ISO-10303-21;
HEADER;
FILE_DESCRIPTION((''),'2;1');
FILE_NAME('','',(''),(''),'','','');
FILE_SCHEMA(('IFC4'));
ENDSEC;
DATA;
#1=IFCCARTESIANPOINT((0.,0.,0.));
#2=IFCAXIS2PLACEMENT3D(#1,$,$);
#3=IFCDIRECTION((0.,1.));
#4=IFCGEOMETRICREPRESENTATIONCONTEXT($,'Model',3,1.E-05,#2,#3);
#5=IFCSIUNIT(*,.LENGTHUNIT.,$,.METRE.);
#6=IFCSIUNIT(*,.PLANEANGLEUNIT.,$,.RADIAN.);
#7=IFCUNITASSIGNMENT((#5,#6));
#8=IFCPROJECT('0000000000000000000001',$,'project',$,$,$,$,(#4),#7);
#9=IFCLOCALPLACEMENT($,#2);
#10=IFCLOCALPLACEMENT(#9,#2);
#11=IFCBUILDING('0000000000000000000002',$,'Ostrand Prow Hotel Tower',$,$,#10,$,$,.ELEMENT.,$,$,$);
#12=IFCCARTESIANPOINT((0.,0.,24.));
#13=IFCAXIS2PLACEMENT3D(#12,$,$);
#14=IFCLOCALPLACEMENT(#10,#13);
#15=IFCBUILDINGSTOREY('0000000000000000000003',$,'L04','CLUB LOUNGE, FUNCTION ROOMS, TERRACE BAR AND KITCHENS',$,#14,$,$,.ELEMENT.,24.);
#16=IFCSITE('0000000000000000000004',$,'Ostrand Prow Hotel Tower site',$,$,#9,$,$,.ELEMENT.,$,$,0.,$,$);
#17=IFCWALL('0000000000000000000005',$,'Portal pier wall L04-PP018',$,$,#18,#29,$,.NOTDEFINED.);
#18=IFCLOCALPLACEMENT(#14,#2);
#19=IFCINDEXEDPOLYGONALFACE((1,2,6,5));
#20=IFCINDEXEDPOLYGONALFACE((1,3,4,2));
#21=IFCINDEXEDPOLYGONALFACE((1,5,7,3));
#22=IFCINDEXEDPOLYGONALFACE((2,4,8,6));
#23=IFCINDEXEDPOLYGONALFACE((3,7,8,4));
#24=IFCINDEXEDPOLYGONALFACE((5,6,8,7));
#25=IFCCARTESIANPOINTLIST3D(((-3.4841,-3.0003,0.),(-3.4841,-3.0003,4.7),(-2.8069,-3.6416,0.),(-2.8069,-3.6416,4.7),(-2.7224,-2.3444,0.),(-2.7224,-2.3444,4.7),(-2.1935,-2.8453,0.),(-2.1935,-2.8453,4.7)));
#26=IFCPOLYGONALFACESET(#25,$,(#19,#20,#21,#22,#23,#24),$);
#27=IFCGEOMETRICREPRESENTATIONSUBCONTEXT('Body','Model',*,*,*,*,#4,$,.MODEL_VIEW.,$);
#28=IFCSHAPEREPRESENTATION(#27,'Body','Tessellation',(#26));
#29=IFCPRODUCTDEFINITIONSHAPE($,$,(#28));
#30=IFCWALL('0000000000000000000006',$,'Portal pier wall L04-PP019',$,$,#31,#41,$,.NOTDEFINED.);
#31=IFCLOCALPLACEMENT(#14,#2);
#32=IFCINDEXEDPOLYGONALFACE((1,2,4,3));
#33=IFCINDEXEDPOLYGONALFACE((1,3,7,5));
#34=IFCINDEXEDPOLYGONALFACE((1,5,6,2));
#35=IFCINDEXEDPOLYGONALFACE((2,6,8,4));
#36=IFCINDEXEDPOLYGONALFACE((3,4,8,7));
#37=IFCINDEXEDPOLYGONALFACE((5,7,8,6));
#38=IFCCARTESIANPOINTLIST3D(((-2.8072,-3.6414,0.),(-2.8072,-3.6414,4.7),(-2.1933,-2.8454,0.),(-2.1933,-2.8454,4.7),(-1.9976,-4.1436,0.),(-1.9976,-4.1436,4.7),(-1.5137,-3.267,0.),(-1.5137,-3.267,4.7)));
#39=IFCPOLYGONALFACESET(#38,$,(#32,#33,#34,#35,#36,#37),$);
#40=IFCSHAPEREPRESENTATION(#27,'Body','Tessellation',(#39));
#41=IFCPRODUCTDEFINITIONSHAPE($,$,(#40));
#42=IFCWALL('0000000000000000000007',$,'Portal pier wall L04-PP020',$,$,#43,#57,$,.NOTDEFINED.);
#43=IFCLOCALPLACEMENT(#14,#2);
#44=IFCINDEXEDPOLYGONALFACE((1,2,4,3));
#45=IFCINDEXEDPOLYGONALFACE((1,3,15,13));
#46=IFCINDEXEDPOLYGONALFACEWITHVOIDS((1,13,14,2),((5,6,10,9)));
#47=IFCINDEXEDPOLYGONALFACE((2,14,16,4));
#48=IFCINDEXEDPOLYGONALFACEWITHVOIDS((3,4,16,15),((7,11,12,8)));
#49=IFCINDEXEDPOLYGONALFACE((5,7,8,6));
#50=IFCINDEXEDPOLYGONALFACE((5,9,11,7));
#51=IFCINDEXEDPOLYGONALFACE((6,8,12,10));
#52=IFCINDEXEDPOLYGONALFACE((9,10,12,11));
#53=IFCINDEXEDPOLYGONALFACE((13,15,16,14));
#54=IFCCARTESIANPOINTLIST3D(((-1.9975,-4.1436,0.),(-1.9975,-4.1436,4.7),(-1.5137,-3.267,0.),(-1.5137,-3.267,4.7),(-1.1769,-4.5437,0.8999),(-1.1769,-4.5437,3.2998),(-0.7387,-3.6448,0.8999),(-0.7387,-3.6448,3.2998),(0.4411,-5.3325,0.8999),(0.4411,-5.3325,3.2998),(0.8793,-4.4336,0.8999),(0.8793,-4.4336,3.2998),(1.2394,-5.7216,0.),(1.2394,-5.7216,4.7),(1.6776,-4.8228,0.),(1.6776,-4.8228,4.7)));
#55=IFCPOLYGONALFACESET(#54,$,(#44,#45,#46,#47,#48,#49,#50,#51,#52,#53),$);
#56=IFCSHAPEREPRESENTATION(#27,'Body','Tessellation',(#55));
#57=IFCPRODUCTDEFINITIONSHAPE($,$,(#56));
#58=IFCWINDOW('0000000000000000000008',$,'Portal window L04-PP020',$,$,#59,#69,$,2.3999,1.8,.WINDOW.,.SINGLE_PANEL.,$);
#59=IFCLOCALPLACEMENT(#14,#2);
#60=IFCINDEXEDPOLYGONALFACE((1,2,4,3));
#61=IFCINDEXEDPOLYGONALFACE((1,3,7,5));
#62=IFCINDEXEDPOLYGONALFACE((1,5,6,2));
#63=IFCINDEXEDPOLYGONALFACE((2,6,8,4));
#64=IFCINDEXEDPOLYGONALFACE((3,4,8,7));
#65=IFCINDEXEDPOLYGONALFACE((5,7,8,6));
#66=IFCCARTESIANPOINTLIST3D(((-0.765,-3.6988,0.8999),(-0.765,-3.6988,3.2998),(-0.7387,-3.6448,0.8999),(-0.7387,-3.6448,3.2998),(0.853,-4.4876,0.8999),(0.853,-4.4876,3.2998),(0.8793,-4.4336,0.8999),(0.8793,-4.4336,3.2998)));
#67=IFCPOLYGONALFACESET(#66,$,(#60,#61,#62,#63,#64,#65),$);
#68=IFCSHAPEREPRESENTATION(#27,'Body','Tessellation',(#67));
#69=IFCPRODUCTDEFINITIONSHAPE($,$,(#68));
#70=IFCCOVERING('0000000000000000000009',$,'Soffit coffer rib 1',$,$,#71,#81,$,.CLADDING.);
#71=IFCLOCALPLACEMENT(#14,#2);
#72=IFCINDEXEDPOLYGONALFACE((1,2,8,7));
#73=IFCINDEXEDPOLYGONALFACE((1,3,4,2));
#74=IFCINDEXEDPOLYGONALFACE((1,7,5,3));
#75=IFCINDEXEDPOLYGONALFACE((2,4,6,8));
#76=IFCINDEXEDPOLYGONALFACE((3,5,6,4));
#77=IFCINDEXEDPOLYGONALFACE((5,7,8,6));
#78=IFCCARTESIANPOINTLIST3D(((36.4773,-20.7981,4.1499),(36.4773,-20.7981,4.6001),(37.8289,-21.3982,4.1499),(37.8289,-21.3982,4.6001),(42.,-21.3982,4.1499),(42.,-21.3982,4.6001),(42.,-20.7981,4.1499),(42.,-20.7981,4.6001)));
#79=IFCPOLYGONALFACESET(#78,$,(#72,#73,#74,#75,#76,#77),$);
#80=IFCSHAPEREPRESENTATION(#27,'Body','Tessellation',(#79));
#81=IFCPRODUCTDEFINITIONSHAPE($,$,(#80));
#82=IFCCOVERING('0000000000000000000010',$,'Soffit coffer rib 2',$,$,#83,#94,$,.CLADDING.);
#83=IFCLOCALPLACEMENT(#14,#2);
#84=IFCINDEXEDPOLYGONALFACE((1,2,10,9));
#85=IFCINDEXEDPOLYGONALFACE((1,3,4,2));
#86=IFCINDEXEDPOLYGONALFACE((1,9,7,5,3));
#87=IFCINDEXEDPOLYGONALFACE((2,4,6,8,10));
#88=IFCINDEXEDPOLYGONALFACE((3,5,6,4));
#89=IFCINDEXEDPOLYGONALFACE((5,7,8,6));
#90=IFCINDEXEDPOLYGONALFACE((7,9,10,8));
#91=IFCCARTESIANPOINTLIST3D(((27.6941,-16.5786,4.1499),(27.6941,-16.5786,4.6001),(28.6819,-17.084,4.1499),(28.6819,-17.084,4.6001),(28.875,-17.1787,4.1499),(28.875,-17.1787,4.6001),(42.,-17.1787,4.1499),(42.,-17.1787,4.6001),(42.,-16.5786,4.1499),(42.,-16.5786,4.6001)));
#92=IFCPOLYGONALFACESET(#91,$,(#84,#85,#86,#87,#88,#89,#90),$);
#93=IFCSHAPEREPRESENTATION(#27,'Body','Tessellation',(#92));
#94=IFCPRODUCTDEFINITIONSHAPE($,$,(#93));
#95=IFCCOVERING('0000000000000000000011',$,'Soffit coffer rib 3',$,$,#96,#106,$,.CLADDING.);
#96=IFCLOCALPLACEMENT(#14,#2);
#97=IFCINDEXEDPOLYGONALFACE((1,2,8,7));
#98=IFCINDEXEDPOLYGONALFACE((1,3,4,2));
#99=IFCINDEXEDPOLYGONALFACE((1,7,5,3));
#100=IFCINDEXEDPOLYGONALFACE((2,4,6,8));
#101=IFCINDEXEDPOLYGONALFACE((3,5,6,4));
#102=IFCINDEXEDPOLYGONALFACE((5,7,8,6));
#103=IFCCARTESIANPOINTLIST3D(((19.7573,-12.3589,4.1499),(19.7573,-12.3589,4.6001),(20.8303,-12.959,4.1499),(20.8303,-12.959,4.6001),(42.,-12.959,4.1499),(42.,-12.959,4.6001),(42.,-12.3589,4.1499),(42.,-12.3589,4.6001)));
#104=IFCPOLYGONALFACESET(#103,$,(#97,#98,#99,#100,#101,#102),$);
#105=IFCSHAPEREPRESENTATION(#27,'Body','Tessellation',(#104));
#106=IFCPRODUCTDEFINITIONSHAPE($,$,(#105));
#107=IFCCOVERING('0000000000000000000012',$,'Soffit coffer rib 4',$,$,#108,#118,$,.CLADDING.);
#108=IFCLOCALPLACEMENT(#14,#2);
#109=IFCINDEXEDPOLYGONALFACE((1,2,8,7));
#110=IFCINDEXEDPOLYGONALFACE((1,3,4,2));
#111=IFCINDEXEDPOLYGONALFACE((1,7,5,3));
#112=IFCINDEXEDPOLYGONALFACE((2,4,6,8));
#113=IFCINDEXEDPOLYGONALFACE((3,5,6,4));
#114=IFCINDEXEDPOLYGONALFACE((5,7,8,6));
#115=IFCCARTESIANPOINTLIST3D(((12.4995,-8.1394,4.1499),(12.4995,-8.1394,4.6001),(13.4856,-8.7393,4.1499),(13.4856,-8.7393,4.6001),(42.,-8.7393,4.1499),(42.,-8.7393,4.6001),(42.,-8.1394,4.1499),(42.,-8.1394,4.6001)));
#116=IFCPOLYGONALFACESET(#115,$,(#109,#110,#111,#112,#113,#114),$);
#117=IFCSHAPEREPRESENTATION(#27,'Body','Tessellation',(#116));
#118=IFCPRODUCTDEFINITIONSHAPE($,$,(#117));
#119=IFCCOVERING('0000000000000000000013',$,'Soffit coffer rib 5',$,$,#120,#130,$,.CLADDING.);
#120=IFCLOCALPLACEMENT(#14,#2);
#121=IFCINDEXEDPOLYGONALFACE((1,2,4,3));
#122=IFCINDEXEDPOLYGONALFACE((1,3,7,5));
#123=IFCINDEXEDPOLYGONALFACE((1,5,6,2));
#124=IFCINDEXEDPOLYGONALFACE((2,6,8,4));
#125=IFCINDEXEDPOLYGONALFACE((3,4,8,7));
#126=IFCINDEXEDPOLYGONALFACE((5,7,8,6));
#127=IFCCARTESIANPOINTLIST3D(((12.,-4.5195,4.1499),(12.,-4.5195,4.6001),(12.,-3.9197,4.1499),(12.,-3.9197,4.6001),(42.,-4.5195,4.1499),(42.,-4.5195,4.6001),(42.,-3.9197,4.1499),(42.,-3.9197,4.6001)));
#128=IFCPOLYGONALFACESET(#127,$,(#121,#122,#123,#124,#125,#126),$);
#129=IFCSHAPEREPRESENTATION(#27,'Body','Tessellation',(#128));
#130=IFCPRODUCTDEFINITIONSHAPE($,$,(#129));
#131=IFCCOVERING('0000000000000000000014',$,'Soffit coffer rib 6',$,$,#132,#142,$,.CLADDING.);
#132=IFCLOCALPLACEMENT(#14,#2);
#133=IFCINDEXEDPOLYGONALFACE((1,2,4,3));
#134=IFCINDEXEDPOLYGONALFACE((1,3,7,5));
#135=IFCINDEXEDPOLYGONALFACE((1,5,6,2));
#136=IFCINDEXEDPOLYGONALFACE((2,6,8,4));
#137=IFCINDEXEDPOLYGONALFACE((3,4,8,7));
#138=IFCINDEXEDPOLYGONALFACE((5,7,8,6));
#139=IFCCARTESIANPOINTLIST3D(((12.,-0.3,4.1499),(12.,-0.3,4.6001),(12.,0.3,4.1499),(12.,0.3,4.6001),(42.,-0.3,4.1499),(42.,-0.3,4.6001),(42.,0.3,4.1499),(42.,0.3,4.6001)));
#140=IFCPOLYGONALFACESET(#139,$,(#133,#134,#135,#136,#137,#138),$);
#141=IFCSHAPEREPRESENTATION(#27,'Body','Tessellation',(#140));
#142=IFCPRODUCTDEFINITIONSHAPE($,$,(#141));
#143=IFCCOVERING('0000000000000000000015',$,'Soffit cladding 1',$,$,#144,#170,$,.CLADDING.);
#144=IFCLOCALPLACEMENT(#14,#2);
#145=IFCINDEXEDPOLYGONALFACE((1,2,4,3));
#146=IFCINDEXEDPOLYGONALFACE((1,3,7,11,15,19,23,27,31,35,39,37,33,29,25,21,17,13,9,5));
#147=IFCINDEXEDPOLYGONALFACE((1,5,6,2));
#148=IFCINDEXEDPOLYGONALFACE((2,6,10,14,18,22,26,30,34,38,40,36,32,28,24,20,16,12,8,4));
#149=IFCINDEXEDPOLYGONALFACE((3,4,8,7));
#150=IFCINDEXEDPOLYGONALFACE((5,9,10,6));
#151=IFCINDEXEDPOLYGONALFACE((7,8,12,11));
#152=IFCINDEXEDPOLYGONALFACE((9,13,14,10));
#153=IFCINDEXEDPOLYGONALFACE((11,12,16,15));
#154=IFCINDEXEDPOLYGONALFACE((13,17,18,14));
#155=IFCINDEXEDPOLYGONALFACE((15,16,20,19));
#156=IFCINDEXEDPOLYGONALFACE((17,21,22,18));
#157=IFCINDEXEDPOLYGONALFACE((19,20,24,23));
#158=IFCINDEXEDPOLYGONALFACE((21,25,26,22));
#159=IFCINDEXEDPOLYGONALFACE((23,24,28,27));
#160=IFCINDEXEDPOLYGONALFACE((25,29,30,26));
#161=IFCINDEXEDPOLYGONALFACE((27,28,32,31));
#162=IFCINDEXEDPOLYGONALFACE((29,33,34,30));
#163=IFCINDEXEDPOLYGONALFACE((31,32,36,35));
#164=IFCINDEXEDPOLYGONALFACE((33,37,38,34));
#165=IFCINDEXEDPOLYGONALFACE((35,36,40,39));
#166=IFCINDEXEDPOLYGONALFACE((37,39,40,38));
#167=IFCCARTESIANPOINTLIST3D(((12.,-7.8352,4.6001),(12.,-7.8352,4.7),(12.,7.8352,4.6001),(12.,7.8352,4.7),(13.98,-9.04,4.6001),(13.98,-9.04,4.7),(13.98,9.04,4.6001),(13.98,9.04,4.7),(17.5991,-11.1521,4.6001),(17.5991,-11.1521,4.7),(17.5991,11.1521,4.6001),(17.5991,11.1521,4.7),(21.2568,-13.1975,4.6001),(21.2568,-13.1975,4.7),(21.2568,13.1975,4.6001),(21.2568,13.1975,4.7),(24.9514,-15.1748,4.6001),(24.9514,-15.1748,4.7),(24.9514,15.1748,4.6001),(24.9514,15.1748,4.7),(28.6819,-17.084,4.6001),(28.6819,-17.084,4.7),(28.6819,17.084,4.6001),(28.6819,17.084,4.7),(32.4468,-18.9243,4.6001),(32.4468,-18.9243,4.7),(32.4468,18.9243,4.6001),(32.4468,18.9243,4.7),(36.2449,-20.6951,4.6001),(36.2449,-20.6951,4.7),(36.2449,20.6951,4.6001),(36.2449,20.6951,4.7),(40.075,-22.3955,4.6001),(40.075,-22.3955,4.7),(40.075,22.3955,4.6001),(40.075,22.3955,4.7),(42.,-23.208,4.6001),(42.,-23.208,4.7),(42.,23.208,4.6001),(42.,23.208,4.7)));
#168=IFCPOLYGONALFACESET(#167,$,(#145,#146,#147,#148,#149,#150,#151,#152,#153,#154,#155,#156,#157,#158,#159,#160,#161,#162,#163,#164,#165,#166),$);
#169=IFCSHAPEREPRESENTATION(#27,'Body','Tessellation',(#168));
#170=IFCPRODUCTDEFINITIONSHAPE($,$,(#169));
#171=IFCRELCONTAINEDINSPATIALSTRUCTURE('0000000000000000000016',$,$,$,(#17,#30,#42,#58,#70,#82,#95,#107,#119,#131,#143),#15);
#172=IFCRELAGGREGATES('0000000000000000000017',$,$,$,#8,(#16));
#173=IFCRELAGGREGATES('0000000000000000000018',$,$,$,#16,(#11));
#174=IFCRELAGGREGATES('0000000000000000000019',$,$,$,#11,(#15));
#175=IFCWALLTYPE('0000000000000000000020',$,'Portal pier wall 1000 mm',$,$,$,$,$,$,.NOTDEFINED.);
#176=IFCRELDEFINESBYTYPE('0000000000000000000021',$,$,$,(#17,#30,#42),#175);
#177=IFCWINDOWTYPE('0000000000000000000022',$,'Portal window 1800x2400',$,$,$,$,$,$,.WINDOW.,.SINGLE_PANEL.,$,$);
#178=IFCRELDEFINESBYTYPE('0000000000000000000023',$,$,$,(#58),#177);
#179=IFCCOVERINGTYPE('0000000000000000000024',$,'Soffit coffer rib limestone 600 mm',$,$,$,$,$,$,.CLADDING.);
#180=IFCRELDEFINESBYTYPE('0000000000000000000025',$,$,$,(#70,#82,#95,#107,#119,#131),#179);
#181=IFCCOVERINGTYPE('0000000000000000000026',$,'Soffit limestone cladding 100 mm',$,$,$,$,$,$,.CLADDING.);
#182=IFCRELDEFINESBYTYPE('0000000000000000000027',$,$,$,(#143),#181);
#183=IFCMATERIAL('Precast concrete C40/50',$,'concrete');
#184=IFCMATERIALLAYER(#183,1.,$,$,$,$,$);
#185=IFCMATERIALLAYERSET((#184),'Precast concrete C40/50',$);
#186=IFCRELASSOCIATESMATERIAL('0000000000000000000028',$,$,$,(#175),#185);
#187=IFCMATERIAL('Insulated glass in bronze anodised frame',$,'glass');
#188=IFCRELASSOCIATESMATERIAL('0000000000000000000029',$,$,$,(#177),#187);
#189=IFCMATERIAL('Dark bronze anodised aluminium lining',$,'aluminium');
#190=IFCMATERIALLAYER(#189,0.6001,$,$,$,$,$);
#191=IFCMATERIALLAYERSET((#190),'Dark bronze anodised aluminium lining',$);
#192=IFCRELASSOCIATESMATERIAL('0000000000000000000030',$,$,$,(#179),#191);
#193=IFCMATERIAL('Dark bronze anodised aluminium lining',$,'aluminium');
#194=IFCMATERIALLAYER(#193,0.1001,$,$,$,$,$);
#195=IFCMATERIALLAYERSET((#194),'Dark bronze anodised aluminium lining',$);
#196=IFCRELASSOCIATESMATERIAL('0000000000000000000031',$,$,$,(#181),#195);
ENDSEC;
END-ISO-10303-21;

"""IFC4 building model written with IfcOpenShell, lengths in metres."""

from ifc_helpers import new_model, si_unit, direction, frame, frame_2d, origin, place, context, subcontext, project, spatial, polyline, rectangle, outline, extrude, material, layer, layer_set, type_object, element, fill, save


model = new_model("IFC4")

# Units and contexts
model_context = context("Model", 3, precision=1e-05, world=origin(), true_north=direction((0.0, 1.0)))
body_context = subcontext(model_context, "Body", "Model", "MODEL_VIEW")
ifc_project = project(units=[si_unit("LENGTHUNIT", "METRE"), si_unit("PLANEANGLEUNIT", "RADIAN")], contexts=[model_context])

# Site, building, storey
site_placement = place(None, origin())
site = spatial("IfcSite", under=ifc_project, at=site_placement, Name="Ostrand Prow Hotel Tower site", CompositionType="ELEMENT", RefElevation=0.0)
building_placement = place(site_placement, origin())
building = spatial("IfcBuilding", under=site, at=building_placement, Name="Ostrand Prow Hotel Tower", CompositionType="ELEMENT")
storey_placement = place(building_placement, frame((0.0, 0.0, 24.0)))
storey = spatial("IfcBuildingStorey", under=building, at=storey_placement, Name="L04", Description="CLUB LOUNGE, FUNCTION ROOMS, TERRACE BAR AND KITCHENS", CompositionType="ELEMENT", Elevation=24.0)

# Walls
ifc_material_1 = material(Name="Precast concrete C40/50", Category="concrete")
ifc_layer_1 = layer(ifc_material_1, 1.0)
ifc_layer_set_1 = layer_set([ifc_layer_1], Name="Precast concrete C40/50")
wall_type = type_object("IfcWallType", Name="Portal pier wall 1000 mm", PredefinedType="NOTDEFINED", material=ifc_layer_set_1)
wall_1_placement = place(storey_placement, frame((-3.1033, -2.6724, 0.0), z_axis=(0.0, 0.0, 1.0), x_axis=(0.726099, -0.68759, 0.0)))
element("IfcWall", 1, at=wall_1_placement, inside=storey, type_object=wall_type, Name="Portal pier wall L04-PP018", PredefinedType="NOTDEFINED", context=body_context, shape_type="SweptSolid", body=[
    extrude(outline(polyline([(-0.051, -0.5), (0.8816, -0.5), (0.7795, 0.5), (0.051, 0.5), (-0.051, -0.5)])), origin(), (0.0, 0.0, 1.0), 4.7),
])
wall_2_placement = place(storey_placement, frame((-2.5002, -3.2434, 0.0), z_axis=(0.0, 0.0, 1.0), x_axis=(0.849778, -0.527141, 0.0)))
element("IfcWall", 2, at=wall_2_placement, inside=storey, type_object=wall_type, Name="Portal pier wall L04-PP019", PredefinedType="NOTDEFINED", context=body_context, shape_type="SweptSolid", body=[
    extrude(outline(polyline([(-0.051, -0.5), (0.9016, -0.5), (0.8508, 0.5), (0.051, 0.5), (-0.051, -0.5)])), origin(), (0.0, 0.0, 1.0), 4.7),
])

# Wall, opening, window
wall_3_placement = place(storey_placement, frame((-1.7556, -3.7053, 0.0), z_axis=(0.0, 0.0, 1.0), x_axis=(0.898875, -0.438206, 0.0)))
wall_3 = element("IfcWall", 3, at=wall_3_placement, inside=storey, type_object=wall_type, Name="Portal pier wall L04-PP020", PredefinedType="NOTDEFINED", context=body_context, shape_type="SweptSolid", body=[
    extrude(outline(polyline([(-0.0254, -0.5), (3.5757, -0.5), (3.5757, 0.5), (0.0254, 0.5), (-0.0254, -0.5)])), origin(), (0.0, 0.0, 1.0), 4.7),
])
opening_1_placement = place(wall_3_placement, frame((0.8877, 0.0, 0.8999)))
opening_1 = element("IfcOpeningElement", 4, at=opening_1_placement, cuts=wall_3, PredefinedType="OPENING", context=body_context, shape_type="SweptSolid", body=[
    extrude(rectangle(XDim=1.8, YDim=2.3999, at=frame_2d((0.8999, 1.2))), frame((0.0, 0.51, 0.0), z_axis=(0.0, -1.0, 0.0), x_axis=(1.0, 0.0, 0.0)), (0.0, 0.0, 1.0), 1.02),
])
ifc_material_2 = material(Name="Insulated glass in bronze anodised frame", Category="glass")
window_type = type_object("IfcWindowType", Name="Portal window 1800x2400", PartitioningType="SINGLE_PANEL", PredefinedType="WINDOW", material=ifc_material_2)
window_placement = place(opening_1_placement, origin())
window = element("IfcWindow", 5, at=window_placement, inside=storey, type_object=window_type, Name="Portal window L04-PP020", OverallHeight=2.3999, OverallWidth=1.8, PartitioningType="SINGLE_PANEL", PredefinedType="WINDOW", context=body_context, shape_type="SweptSolid", body=[
    extrude(rectangle(XDim=1.8, YDim=2.3999, at=frame_2d((0.8999, 1.2))), frame((0.0, 0.5, 0.0), z_axis=(0.0, -1.0, 0.0), x_axis=(1.0, 0.0, 0.0)), (0.0, 0.0, 1.0), 0.0601),
])
fill(opening_1, window)

# Coverings
ifc_material_3 = material(Name="Dark bronze anodised aluminium lining", Category="aluminium")
ifc_layer_2 = layer(ifc_material_3, 0.6001)
ifc_layer_set_2 = layer_set([ifc_layer_2], Name="Dark bronze anodised aluminium lining")
covering_type_1 = type_object("IfcCoveringType", Name="Soffit coffer rib limestone 600 mm", PredefinedType="CLADDING", material=ifc_layer_set_2)
covering_1_placement = place(storey_placement, frame((0.0, 0.0, 4.1499)))
element("IfcCovering", 6, at=covering_1_placement, inside=storey, type_object=covering_type_1, Name="Soffit coffer rib 1", PredefinedType="CLADDING", context=body_context, shape_type="SweptSolid", body=[
    extrude(outline(polyline([(36.4773, -20.7981), (37.8289, -21.3982), (42.0, -21.3982), (42.0, -20.7981), (36.4773, -20.7981)])), origin(), (0.0, 0.0, 1.0), 0.4502),
])
covering_2_placement = place(storey_placement, frame((0.0, 0.0, 4.1499)))
element("IfcCovering", 7, at=covering_2_placement, inside=storey, type_object=covering_type_1, Name="Soffit coffer rib 2", PredefinedType="CLADDING", context=body_context, shape_type="SweptSolid", body=[
    extrude(outline(polyline([(28.6819, -17.084), (28.875, -17.1787), (42.0, -17.1787), (42.0, -16.5786), (27.6941, -16.5786), (28.6819, -17.084)])), origin(), (0.0, 0.0, 1.0), 0.4502),
])
covering_3_placement = place(storey_placement, frame((0.0, 0.0, 4.1499)))
element("IfcCovering", 8, at=covering_3_placement, inside=storey, type_object=covering_type_1, Name="Soffit coffer rib 3", PredefinedType="CLADDING", context=body_context, shape_type="SweptSolid", body=[
    extrude(outline(polyline([(19.7573, -12.3589), (20.8303, -12.959), (42.0, -12.959), (42.0, -12.3589), (19.7573, -12.3589)])), origin(), (0.0, 0.0, 1.0), 0.4502),
])
covering_4_placement = place(storey_placement, frame((0.0, 0.0, 4.1499)))
element("IfcCovering", 9, at=covering_4_placement, inside=storey, type_object=covering_type_1, Name="Soffit coffer rib 4", PredefinedType="CLADDING", context=body_context, shape_type="SweptSolid", body=[
    extrude(outline(polyline([(12.4995, -8.1394), (13.4856, -8.7393), (42.0, -8.7393), (42.0, -8.1394), (12.4995, -8.1394)])), origin(), (0.0, 0.0, 1.0), 0.4502),
])
covering_5_placement = place(storey_placement, frame((0.0, 0.0, 4.1499)))
element("IfcCovering", 10, at=covering_5_placement, inside=storey, type_object=covering_type_1, Name="Soffit coffer rib 5", PredefinedType="CLADDING", context=body_context, shape_type="SweptSolid", body=[
    extrude(outline(polyline([(12.0, -3.9197), (12.0, -4.5195), (42.0, -4.5195), (42.0, -3.9197), (12.0, -3.9197)])), origin(), (0.0, 0.0, 1.0), 0.4502),
])
covering_6_placement = place(storey_placement, frame((0.0, 0.0, 4.1499)))
element("IfcCovering", 11, at=covering_6_placement, inside=storey, type_object=covering_type_1, Name="Soffit coffer rib 6", PredefinedType="CLADDING", context=body_context, shape_type="SweptSolid", body=[
    extrude(outline(polyline([(12.0, 0.3), (12.0, -0.3), (42.0, -0.3), (42.0, 0.3), (12.0, 0.3)])), origin(), (0.0, 0.0, 1.0), 0.4502),
])
ifc_material_4 = material(Name="Dark bronze anodised aluminium lining", Category="aluminium")
ifc_layer_3 = layer(ifc_material_4, 0.1001)
ifc_layer_set_3 = layer_set([ifc_layer_3], Name="Dark bronze anodised aluminium lining")
covering_type_2 = type_object("IfcCoveringType", Name="Soffit limestone cladding 100 mm", PredefinedType="CLADDING", material=ifc_layer_set_3)
covering_7_placement = place(storey_placement, frame((0.0, 0.0, 4.6001)))
element("IfcCovering", 12, at=covering_7_placement, inside=storey, type_object=covering_type_2, Name="Soffit cladding 1", PredefinedType="CLADDING", context=body_context, shape_type="SweptSolid", body=[
    extrude(outline(polyline([(40.075, -22.3955), (42.0, -23.208), (42.0, 23.208), (40.075, 22.3955), (36.2449, 20.6951), (32.4468, 18.9243), (28.6819, 17.084), (24.9514, 15.1748), (21.2568, 13.1975), (17.5991, 11.1521), (13.98, 9.04), (12.0, 7.8352), (12.0, -7.8352), (13.98, -9.04), (17.5991, -11.1521), (21.2568, -13.1975), (24.9514, -15.1748), (28.6819, -17.084), (32.4468, -18.9243), (36.2449, -20.6951), (40.075, -22.3955)])), origin(), (0.0, 0.0, 1.0), 0.0999),
])

save(model, "model.ifc")
